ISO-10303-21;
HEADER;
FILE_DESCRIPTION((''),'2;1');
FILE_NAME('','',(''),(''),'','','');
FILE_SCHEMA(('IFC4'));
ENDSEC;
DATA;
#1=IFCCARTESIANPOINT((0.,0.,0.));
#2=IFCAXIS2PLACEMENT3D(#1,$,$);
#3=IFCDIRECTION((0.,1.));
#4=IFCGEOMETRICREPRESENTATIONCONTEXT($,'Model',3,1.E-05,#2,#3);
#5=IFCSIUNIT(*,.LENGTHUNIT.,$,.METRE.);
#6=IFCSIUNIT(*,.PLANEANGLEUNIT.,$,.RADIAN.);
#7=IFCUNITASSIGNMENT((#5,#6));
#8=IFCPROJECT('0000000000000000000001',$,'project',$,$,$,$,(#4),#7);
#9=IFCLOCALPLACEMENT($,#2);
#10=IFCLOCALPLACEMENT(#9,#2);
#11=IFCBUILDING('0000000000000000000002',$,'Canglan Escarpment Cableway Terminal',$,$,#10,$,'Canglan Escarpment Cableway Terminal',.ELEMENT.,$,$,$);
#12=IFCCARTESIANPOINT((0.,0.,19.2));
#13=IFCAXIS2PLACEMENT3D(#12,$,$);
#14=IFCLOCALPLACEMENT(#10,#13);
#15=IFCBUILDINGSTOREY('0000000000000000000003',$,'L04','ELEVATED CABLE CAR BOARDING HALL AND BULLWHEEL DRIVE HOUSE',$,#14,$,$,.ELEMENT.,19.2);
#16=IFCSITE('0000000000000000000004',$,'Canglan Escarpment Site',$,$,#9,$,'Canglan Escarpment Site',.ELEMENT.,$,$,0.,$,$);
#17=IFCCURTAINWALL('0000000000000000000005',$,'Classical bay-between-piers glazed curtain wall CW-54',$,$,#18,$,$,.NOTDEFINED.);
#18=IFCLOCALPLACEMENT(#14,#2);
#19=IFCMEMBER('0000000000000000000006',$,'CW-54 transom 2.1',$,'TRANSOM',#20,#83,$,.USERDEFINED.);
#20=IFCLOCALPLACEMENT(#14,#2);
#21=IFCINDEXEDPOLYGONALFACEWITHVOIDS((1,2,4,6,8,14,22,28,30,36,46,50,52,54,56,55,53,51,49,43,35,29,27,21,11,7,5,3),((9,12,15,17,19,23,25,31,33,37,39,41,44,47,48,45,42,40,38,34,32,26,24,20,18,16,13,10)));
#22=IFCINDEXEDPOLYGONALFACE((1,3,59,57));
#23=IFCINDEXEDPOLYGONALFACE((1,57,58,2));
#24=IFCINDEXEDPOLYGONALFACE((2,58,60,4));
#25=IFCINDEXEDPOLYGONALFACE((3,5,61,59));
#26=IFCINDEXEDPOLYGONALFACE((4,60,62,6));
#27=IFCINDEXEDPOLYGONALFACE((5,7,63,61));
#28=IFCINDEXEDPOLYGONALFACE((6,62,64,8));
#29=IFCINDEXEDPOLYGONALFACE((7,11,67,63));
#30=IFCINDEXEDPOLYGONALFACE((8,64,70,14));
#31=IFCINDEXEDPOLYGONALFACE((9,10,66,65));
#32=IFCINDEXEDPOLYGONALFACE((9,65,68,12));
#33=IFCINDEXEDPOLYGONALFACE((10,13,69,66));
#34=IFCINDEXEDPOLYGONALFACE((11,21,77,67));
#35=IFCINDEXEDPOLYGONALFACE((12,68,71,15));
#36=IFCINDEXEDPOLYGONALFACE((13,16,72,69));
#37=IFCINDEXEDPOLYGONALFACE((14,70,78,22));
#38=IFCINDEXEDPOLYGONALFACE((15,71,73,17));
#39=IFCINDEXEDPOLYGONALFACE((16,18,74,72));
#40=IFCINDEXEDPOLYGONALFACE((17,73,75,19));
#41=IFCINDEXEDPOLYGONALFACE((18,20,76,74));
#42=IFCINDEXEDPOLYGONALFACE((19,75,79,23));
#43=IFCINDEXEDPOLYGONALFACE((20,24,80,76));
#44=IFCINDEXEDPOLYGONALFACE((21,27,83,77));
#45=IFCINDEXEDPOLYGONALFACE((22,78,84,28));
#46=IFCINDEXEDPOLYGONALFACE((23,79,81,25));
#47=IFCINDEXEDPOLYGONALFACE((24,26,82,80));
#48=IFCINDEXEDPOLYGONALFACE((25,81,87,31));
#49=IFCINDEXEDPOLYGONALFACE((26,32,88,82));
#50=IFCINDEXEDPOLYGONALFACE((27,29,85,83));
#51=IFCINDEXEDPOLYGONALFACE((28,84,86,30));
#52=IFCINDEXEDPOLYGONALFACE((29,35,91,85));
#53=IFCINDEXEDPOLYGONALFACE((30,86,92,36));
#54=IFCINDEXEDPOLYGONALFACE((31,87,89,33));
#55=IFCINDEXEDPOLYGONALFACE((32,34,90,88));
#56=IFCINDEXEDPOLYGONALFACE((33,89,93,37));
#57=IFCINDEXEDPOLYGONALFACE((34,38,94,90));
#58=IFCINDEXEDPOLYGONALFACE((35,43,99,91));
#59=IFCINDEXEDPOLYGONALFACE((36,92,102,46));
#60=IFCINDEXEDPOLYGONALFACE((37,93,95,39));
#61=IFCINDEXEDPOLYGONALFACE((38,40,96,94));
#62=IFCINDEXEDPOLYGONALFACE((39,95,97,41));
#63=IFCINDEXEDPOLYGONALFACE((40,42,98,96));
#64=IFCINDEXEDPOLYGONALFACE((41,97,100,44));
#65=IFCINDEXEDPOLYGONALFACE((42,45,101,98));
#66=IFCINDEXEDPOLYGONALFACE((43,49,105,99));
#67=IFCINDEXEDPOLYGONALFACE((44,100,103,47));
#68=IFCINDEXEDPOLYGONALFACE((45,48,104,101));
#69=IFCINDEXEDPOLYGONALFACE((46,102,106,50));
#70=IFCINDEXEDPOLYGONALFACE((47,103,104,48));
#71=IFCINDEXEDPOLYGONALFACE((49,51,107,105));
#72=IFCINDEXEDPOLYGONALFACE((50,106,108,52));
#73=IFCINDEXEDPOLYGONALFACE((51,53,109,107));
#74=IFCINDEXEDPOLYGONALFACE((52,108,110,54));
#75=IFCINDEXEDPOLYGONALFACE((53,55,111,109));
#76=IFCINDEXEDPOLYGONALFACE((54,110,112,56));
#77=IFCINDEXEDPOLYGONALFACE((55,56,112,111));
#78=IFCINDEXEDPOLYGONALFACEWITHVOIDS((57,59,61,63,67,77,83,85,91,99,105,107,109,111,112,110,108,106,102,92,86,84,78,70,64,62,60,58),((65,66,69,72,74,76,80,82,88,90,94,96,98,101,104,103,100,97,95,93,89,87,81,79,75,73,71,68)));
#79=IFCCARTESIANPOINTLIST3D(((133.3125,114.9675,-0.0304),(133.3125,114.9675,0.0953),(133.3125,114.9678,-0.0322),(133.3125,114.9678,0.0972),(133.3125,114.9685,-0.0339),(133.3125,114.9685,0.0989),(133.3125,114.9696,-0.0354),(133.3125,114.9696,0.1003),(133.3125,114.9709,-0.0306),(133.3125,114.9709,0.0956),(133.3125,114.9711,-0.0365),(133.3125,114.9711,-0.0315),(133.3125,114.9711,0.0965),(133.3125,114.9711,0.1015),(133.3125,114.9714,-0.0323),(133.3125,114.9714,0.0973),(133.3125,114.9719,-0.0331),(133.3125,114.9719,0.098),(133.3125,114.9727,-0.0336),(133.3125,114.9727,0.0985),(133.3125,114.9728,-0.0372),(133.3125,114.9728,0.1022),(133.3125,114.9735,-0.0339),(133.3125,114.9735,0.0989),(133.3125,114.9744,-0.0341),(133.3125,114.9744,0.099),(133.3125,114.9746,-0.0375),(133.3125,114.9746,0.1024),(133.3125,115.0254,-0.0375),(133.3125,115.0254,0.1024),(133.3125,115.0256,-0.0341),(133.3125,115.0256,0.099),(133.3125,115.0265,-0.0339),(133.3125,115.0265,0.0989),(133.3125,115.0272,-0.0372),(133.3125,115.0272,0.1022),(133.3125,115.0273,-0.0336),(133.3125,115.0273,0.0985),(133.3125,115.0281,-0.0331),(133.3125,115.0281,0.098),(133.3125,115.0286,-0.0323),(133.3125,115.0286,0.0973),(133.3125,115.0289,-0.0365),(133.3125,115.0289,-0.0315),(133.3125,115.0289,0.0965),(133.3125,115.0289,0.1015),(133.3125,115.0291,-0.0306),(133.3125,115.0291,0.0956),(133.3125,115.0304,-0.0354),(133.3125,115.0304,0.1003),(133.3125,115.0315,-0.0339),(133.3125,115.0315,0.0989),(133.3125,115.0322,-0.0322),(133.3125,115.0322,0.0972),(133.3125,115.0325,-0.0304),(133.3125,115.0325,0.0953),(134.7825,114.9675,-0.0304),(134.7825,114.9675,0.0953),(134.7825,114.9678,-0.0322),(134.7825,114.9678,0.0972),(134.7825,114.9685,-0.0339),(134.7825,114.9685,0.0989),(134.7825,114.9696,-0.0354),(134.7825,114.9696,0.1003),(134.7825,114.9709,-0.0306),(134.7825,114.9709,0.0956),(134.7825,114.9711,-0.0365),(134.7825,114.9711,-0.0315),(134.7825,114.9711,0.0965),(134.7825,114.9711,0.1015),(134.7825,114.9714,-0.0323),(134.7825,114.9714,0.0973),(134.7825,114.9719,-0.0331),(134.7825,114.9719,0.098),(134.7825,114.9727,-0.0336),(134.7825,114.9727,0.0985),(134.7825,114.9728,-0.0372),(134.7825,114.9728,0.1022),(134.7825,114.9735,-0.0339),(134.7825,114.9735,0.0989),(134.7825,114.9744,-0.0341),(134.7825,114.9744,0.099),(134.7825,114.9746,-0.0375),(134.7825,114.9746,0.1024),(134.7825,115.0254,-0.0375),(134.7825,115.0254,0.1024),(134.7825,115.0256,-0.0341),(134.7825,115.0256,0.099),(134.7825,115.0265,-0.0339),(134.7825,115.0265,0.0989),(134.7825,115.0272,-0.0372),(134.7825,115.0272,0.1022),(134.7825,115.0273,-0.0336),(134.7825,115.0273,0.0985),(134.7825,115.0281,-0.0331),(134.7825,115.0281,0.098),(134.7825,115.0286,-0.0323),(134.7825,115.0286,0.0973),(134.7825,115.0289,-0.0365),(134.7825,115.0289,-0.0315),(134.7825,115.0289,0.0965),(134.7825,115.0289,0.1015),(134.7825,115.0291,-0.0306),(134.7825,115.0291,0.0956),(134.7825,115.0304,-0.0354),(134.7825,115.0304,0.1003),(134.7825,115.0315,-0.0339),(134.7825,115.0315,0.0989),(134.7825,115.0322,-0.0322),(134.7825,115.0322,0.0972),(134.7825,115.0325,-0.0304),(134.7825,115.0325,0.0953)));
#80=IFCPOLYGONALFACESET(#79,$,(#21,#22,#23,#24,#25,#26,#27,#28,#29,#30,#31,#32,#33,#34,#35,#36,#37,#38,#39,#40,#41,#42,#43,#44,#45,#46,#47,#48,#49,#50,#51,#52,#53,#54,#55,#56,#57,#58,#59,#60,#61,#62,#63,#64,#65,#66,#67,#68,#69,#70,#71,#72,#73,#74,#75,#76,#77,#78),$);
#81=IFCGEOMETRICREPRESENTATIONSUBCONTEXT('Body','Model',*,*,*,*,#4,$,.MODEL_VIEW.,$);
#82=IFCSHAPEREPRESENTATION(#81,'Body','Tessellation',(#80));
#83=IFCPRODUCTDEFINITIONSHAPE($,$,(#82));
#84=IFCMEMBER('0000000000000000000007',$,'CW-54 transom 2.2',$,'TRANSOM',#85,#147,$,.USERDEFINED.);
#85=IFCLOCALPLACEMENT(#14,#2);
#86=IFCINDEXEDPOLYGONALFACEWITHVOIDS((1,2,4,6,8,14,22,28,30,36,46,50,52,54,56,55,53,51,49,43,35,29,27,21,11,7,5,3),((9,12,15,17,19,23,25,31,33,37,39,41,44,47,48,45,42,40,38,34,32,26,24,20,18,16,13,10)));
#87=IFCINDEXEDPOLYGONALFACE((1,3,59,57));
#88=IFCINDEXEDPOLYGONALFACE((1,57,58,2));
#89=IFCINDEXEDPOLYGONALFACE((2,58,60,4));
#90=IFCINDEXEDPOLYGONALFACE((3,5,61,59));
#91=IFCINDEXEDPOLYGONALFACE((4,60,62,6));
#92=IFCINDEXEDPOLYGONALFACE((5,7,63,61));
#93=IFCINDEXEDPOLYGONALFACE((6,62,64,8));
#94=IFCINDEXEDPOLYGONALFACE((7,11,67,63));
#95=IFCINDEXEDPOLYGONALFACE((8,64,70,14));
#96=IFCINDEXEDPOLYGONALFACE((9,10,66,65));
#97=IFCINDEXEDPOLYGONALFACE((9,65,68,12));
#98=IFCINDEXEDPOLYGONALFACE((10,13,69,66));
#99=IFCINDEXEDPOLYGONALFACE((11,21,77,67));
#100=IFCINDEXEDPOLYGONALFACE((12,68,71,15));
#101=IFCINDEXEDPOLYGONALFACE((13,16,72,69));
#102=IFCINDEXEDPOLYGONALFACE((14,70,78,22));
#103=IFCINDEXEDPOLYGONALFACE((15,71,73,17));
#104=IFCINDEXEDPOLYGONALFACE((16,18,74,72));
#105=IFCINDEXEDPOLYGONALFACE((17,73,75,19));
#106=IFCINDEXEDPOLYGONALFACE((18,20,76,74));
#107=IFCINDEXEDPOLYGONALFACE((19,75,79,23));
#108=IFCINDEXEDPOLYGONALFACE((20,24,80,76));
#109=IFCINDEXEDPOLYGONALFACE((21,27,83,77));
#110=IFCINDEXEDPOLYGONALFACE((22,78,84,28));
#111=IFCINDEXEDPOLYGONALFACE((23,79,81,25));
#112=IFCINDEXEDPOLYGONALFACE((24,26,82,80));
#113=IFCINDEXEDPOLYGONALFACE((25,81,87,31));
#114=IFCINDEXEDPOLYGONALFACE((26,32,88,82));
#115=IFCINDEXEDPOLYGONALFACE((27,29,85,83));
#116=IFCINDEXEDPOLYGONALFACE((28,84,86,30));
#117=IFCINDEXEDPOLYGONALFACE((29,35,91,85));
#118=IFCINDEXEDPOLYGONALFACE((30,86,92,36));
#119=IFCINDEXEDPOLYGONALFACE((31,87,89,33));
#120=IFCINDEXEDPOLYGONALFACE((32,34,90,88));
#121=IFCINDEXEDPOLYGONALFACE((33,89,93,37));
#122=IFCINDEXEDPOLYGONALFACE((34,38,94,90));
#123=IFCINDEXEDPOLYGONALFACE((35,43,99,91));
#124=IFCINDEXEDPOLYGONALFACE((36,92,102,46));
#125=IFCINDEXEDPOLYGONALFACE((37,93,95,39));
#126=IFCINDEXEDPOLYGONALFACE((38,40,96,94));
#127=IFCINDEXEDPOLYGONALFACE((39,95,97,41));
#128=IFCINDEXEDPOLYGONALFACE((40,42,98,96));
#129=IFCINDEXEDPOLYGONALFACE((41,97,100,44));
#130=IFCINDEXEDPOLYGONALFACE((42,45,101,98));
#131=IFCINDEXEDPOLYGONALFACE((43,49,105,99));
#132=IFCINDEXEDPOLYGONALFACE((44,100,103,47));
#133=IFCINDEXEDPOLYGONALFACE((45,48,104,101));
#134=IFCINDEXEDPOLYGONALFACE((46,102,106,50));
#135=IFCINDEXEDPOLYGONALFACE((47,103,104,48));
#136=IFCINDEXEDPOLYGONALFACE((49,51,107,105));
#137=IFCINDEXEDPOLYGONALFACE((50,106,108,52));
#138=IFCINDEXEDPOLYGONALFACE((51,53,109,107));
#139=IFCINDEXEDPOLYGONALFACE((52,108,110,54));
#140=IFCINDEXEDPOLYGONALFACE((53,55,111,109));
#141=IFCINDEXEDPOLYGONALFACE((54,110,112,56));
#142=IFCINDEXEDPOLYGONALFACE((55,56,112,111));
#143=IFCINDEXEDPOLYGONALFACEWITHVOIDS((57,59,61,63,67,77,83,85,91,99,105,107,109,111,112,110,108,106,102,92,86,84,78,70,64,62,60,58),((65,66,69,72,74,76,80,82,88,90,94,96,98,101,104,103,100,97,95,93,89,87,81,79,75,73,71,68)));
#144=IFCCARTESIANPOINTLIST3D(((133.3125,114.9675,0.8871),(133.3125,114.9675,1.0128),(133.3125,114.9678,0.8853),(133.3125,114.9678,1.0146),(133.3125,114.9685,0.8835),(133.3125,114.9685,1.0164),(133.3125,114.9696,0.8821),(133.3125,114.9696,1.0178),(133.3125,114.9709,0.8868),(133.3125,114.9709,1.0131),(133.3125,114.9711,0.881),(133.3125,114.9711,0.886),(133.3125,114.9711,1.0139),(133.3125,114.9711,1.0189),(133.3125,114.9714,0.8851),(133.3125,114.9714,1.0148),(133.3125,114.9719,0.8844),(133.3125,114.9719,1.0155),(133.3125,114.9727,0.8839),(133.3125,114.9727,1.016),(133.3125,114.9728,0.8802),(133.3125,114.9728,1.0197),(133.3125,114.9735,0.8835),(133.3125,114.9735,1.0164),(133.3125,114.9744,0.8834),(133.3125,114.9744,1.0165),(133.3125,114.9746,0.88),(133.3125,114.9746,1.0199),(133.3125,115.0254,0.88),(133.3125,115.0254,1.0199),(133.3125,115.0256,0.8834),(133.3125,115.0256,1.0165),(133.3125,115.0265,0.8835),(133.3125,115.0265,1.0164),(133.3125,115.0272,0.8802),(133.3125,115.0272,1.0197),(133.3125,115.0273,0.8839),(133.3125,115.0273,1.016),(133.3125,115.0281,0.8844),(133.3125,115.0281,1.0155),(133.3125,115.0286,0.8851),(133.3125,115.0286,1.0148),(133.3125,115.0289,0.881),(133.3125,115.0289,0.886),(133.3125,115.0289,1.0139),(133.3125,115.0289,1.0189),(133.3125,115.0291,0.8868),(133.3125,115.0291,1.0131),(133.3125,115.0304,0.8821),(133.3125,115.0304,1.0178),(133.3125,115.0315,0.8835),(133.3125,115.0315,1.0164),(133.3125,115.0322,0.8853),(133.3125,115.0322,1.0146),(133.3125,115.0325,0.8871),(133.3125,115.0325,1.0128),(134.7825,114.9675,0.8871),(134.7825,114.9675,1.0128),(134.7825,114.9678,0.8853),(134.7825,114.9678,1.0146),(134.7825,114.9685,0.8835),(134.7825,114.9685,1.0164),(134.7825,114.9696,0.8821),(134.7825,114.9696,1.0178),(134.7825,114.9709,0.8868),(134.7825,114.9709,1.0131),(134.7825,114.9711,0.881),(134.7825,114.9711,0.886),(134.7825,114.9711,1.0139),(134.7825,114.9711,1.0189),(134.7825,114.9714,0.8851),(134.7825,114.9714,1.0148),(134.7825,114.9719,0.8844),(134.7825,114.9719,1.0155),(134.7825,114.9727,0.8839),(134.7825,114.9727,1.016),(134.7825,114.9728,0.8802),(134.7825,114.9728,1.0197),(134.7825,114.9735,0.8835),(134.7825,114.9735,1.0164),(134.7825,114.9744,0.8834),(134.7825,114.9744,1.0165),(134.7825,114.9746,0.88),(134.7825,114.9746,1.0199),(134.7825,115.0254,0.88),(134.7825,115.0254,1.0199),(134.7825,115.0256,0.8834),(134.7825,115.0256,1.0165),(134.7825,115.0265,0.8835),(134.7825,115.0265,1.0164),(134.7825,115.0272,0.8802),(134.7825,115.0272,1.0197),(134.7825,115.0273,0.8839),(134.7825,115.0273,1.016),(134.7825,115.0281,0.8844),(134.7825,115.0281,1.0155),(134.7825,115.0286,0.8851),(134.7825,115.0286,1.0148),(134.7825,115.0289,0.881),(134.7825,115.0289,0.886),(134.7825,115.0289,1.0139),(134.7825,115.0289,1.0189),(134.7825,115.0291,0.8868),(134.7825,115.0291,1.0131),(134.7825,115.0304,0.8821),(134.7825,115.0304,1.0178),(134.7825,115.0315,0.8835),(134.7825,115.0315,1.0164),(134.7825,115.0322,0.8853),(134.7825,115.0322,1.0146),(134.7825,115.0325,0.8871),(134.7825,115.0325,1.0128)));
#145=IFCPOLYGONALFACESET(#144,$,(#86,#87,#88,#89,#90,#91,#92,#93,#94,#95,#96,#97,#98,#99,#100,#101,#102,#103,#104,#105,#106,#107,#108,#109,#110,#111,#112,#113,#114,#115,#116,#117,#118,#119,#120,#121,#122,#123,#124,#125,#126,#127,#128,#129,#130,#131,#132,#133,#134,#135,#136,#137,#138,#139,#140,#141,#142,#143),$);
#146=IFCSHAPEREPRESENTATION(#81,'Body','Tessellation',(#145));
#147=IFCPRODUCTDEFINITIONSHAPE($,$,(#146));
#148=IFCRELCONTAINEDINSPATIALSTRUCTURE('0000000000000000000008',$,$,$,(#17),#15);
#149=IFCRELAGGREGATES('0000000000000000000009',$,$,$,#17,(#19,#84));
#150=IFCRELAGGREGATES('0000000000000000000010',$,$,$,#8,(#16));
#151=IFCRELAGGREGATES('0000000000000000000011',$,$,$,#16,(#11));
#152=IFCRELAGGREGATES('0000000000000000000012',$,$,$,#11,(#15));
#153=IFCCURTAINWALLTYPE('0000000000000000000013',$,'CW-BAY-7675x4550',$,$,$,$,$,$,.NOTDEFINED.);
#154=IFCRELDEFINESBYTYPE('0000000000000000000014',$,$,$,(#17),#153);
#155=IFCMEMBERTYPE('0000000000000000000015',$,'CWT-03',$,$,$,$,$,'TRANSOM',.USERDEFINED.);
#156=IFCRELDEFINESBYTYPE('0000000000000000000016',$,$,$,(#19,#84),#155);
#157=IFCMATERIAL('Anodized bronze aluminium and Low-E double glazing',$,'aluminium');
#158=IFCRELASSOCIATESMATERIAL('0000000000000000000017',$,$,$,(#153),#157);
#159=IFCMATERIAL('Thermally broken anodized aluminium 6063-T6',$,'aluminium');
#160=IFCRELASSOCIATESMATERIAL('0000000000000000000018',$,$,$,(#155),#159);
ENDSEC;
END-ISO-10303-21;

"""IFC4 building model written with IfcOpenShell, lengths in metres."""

from ifc_helpers import new_model, si_unit, direction, frame, origin, origin_2d, place, context, subcontext, project, spatial, hollow_rectangle, extrude, material, material_profile, profile_set, type_object, element, aggregate, save


model = new_model("IFC4")

# Units and contexts
model_context = context("Model", 3, precision=1e-05, world=origin(), true_north=direction((0.0, 1.0)))
body_context = subcontext(model_context, "Body", "Model", "MODEL_VIEW")
ifc_project = project(units=[si_unit("LENGTHUNIT", "METRE"), si_unit("PLANEANGLEUNIT", "RADIAN")], contexts=[model_context])

# Site, building, storey
site_placement = place(None, origin())
site = spatial("IfcSite", under=ifc_project, at=site_placement, Name="Canglan Escarpment Site", LongName="Canglan Escarpment Site", CompositionType="ELEMENT", RefElevation=0.0)
building_placement = place(site_placement, origin())
building = spatial("IfcBuilding", under=site, at=building_placement, Name="Canglan Escarpment Cableway Terminal", LongName="Canglan Escarpment Cableway Terminal", CompositionType="ELEMENT")
storey_placement = place(building_placement, frame((0.0, 0.0, 19.2)))
storey = spatial("IfcBuildingStorey", under=building, at=storey_placement, Name="L04", Description="ELEVATED CABLE CAR BOARDING HALL AND BULLWHEEL DRIVE HOUSE", CompositionType="ELEMENT", Elevation=19.2)

# Curtain wall, members
ifc_material_1 = material(Name="Anodized bronze aluminium and Low-E double glazing", Category="aluminium")
curtain_wall_type = type_object("IfcCurtainWallType", Name="CW-BAY-7675x4550", PredefinedType="NOTDEFINED", material=ifc_material_1)
curtain_wall_placement = place(storey_placement, origin())
curtain_wall = element("IfcCurtainWall", 1, at=curtain_wall_placement, inside=storey, type_object=curtain_wall_type, Name="Classical bay-between-piers glazed curtain wall CW-54", PredefinedType="NOTDEFINED")
ifc_material_2 = material(Name="Thermally broken anodized aluminium 6063-T6", Category="aluminium")
ifc_material_profile_1 = material_profile(ifc_material_2, hollow_rectangle(XDim=0.0649, YDim=0.1399, WallThickness=0.0034, InnerFilletRadius=0.0034, OuterFilletRadius=0.0071, at=origin_2d()), Name="ALU-TRAN 65x140x3.5")
ifc_profile_set_1 = profile_set([ifc_material_profile_1], Name="Thermally broken anodized aluminium 6063-T6")
member_type_1 = type_object("IfcMemberType", Name="CWT-03", ElementType="TRANSOM", PredefinedType="USERDEFINED", material=ifc_profile_set_1)
member_1_placement = place(storey_placement, frame((134.7825, 115.0, 0.0325), z_axis=(-1.0, 0.0, 0.0), x_axis=(0.0, -1.0, 0.0)))
member_1 = element("IfcMember", 2, at=member_1_placement, type_object=member_type_1, Name="CW-54 transom 2.1", ObjectType="TRANSOM", PredefinedType="USERDEFINED", context=body_context, shape_type="SweptSolid", body=[
    extrude(hollow_rectangle(XDim=0.0649, YDim=0.1399, WallThickness=0.0034, InnerFilletRadius=0.0034, OuterFilletRadius=0.0071, at=origin_2d()), origin(), (0.0, 0.0, 1.0), 1.47),
])
member_2_placement = place(storey_placement, frame((134.7825, 115.0, 0.95), z_axis=(-1.0, 0.0, 0.0), x_axis=(0.0, -1.0, 0.0)))
member_2 = element("IfcMember", 3, at=member_2_placement, type_object=member_type_1, Name="CW-54 transom 2.2", ObjectType="TRANSOM", PredefinedType="USERDEFINED", context=body_context, shape_type="SweptSolid", body=[
    extrude(hollow_rectangle(XDim=0.0649, YDim=0.1399, WallThickness=0.0034, InnerFilletRadius=0.0034, OuterFilletRadius=0.0071, at=origin_2d()), origin(), (0.0, 0.0, 1.0), 1.47),
])
aggregate(curtain_wall, [member_1, member_2])

save(model, "model.ifc")
